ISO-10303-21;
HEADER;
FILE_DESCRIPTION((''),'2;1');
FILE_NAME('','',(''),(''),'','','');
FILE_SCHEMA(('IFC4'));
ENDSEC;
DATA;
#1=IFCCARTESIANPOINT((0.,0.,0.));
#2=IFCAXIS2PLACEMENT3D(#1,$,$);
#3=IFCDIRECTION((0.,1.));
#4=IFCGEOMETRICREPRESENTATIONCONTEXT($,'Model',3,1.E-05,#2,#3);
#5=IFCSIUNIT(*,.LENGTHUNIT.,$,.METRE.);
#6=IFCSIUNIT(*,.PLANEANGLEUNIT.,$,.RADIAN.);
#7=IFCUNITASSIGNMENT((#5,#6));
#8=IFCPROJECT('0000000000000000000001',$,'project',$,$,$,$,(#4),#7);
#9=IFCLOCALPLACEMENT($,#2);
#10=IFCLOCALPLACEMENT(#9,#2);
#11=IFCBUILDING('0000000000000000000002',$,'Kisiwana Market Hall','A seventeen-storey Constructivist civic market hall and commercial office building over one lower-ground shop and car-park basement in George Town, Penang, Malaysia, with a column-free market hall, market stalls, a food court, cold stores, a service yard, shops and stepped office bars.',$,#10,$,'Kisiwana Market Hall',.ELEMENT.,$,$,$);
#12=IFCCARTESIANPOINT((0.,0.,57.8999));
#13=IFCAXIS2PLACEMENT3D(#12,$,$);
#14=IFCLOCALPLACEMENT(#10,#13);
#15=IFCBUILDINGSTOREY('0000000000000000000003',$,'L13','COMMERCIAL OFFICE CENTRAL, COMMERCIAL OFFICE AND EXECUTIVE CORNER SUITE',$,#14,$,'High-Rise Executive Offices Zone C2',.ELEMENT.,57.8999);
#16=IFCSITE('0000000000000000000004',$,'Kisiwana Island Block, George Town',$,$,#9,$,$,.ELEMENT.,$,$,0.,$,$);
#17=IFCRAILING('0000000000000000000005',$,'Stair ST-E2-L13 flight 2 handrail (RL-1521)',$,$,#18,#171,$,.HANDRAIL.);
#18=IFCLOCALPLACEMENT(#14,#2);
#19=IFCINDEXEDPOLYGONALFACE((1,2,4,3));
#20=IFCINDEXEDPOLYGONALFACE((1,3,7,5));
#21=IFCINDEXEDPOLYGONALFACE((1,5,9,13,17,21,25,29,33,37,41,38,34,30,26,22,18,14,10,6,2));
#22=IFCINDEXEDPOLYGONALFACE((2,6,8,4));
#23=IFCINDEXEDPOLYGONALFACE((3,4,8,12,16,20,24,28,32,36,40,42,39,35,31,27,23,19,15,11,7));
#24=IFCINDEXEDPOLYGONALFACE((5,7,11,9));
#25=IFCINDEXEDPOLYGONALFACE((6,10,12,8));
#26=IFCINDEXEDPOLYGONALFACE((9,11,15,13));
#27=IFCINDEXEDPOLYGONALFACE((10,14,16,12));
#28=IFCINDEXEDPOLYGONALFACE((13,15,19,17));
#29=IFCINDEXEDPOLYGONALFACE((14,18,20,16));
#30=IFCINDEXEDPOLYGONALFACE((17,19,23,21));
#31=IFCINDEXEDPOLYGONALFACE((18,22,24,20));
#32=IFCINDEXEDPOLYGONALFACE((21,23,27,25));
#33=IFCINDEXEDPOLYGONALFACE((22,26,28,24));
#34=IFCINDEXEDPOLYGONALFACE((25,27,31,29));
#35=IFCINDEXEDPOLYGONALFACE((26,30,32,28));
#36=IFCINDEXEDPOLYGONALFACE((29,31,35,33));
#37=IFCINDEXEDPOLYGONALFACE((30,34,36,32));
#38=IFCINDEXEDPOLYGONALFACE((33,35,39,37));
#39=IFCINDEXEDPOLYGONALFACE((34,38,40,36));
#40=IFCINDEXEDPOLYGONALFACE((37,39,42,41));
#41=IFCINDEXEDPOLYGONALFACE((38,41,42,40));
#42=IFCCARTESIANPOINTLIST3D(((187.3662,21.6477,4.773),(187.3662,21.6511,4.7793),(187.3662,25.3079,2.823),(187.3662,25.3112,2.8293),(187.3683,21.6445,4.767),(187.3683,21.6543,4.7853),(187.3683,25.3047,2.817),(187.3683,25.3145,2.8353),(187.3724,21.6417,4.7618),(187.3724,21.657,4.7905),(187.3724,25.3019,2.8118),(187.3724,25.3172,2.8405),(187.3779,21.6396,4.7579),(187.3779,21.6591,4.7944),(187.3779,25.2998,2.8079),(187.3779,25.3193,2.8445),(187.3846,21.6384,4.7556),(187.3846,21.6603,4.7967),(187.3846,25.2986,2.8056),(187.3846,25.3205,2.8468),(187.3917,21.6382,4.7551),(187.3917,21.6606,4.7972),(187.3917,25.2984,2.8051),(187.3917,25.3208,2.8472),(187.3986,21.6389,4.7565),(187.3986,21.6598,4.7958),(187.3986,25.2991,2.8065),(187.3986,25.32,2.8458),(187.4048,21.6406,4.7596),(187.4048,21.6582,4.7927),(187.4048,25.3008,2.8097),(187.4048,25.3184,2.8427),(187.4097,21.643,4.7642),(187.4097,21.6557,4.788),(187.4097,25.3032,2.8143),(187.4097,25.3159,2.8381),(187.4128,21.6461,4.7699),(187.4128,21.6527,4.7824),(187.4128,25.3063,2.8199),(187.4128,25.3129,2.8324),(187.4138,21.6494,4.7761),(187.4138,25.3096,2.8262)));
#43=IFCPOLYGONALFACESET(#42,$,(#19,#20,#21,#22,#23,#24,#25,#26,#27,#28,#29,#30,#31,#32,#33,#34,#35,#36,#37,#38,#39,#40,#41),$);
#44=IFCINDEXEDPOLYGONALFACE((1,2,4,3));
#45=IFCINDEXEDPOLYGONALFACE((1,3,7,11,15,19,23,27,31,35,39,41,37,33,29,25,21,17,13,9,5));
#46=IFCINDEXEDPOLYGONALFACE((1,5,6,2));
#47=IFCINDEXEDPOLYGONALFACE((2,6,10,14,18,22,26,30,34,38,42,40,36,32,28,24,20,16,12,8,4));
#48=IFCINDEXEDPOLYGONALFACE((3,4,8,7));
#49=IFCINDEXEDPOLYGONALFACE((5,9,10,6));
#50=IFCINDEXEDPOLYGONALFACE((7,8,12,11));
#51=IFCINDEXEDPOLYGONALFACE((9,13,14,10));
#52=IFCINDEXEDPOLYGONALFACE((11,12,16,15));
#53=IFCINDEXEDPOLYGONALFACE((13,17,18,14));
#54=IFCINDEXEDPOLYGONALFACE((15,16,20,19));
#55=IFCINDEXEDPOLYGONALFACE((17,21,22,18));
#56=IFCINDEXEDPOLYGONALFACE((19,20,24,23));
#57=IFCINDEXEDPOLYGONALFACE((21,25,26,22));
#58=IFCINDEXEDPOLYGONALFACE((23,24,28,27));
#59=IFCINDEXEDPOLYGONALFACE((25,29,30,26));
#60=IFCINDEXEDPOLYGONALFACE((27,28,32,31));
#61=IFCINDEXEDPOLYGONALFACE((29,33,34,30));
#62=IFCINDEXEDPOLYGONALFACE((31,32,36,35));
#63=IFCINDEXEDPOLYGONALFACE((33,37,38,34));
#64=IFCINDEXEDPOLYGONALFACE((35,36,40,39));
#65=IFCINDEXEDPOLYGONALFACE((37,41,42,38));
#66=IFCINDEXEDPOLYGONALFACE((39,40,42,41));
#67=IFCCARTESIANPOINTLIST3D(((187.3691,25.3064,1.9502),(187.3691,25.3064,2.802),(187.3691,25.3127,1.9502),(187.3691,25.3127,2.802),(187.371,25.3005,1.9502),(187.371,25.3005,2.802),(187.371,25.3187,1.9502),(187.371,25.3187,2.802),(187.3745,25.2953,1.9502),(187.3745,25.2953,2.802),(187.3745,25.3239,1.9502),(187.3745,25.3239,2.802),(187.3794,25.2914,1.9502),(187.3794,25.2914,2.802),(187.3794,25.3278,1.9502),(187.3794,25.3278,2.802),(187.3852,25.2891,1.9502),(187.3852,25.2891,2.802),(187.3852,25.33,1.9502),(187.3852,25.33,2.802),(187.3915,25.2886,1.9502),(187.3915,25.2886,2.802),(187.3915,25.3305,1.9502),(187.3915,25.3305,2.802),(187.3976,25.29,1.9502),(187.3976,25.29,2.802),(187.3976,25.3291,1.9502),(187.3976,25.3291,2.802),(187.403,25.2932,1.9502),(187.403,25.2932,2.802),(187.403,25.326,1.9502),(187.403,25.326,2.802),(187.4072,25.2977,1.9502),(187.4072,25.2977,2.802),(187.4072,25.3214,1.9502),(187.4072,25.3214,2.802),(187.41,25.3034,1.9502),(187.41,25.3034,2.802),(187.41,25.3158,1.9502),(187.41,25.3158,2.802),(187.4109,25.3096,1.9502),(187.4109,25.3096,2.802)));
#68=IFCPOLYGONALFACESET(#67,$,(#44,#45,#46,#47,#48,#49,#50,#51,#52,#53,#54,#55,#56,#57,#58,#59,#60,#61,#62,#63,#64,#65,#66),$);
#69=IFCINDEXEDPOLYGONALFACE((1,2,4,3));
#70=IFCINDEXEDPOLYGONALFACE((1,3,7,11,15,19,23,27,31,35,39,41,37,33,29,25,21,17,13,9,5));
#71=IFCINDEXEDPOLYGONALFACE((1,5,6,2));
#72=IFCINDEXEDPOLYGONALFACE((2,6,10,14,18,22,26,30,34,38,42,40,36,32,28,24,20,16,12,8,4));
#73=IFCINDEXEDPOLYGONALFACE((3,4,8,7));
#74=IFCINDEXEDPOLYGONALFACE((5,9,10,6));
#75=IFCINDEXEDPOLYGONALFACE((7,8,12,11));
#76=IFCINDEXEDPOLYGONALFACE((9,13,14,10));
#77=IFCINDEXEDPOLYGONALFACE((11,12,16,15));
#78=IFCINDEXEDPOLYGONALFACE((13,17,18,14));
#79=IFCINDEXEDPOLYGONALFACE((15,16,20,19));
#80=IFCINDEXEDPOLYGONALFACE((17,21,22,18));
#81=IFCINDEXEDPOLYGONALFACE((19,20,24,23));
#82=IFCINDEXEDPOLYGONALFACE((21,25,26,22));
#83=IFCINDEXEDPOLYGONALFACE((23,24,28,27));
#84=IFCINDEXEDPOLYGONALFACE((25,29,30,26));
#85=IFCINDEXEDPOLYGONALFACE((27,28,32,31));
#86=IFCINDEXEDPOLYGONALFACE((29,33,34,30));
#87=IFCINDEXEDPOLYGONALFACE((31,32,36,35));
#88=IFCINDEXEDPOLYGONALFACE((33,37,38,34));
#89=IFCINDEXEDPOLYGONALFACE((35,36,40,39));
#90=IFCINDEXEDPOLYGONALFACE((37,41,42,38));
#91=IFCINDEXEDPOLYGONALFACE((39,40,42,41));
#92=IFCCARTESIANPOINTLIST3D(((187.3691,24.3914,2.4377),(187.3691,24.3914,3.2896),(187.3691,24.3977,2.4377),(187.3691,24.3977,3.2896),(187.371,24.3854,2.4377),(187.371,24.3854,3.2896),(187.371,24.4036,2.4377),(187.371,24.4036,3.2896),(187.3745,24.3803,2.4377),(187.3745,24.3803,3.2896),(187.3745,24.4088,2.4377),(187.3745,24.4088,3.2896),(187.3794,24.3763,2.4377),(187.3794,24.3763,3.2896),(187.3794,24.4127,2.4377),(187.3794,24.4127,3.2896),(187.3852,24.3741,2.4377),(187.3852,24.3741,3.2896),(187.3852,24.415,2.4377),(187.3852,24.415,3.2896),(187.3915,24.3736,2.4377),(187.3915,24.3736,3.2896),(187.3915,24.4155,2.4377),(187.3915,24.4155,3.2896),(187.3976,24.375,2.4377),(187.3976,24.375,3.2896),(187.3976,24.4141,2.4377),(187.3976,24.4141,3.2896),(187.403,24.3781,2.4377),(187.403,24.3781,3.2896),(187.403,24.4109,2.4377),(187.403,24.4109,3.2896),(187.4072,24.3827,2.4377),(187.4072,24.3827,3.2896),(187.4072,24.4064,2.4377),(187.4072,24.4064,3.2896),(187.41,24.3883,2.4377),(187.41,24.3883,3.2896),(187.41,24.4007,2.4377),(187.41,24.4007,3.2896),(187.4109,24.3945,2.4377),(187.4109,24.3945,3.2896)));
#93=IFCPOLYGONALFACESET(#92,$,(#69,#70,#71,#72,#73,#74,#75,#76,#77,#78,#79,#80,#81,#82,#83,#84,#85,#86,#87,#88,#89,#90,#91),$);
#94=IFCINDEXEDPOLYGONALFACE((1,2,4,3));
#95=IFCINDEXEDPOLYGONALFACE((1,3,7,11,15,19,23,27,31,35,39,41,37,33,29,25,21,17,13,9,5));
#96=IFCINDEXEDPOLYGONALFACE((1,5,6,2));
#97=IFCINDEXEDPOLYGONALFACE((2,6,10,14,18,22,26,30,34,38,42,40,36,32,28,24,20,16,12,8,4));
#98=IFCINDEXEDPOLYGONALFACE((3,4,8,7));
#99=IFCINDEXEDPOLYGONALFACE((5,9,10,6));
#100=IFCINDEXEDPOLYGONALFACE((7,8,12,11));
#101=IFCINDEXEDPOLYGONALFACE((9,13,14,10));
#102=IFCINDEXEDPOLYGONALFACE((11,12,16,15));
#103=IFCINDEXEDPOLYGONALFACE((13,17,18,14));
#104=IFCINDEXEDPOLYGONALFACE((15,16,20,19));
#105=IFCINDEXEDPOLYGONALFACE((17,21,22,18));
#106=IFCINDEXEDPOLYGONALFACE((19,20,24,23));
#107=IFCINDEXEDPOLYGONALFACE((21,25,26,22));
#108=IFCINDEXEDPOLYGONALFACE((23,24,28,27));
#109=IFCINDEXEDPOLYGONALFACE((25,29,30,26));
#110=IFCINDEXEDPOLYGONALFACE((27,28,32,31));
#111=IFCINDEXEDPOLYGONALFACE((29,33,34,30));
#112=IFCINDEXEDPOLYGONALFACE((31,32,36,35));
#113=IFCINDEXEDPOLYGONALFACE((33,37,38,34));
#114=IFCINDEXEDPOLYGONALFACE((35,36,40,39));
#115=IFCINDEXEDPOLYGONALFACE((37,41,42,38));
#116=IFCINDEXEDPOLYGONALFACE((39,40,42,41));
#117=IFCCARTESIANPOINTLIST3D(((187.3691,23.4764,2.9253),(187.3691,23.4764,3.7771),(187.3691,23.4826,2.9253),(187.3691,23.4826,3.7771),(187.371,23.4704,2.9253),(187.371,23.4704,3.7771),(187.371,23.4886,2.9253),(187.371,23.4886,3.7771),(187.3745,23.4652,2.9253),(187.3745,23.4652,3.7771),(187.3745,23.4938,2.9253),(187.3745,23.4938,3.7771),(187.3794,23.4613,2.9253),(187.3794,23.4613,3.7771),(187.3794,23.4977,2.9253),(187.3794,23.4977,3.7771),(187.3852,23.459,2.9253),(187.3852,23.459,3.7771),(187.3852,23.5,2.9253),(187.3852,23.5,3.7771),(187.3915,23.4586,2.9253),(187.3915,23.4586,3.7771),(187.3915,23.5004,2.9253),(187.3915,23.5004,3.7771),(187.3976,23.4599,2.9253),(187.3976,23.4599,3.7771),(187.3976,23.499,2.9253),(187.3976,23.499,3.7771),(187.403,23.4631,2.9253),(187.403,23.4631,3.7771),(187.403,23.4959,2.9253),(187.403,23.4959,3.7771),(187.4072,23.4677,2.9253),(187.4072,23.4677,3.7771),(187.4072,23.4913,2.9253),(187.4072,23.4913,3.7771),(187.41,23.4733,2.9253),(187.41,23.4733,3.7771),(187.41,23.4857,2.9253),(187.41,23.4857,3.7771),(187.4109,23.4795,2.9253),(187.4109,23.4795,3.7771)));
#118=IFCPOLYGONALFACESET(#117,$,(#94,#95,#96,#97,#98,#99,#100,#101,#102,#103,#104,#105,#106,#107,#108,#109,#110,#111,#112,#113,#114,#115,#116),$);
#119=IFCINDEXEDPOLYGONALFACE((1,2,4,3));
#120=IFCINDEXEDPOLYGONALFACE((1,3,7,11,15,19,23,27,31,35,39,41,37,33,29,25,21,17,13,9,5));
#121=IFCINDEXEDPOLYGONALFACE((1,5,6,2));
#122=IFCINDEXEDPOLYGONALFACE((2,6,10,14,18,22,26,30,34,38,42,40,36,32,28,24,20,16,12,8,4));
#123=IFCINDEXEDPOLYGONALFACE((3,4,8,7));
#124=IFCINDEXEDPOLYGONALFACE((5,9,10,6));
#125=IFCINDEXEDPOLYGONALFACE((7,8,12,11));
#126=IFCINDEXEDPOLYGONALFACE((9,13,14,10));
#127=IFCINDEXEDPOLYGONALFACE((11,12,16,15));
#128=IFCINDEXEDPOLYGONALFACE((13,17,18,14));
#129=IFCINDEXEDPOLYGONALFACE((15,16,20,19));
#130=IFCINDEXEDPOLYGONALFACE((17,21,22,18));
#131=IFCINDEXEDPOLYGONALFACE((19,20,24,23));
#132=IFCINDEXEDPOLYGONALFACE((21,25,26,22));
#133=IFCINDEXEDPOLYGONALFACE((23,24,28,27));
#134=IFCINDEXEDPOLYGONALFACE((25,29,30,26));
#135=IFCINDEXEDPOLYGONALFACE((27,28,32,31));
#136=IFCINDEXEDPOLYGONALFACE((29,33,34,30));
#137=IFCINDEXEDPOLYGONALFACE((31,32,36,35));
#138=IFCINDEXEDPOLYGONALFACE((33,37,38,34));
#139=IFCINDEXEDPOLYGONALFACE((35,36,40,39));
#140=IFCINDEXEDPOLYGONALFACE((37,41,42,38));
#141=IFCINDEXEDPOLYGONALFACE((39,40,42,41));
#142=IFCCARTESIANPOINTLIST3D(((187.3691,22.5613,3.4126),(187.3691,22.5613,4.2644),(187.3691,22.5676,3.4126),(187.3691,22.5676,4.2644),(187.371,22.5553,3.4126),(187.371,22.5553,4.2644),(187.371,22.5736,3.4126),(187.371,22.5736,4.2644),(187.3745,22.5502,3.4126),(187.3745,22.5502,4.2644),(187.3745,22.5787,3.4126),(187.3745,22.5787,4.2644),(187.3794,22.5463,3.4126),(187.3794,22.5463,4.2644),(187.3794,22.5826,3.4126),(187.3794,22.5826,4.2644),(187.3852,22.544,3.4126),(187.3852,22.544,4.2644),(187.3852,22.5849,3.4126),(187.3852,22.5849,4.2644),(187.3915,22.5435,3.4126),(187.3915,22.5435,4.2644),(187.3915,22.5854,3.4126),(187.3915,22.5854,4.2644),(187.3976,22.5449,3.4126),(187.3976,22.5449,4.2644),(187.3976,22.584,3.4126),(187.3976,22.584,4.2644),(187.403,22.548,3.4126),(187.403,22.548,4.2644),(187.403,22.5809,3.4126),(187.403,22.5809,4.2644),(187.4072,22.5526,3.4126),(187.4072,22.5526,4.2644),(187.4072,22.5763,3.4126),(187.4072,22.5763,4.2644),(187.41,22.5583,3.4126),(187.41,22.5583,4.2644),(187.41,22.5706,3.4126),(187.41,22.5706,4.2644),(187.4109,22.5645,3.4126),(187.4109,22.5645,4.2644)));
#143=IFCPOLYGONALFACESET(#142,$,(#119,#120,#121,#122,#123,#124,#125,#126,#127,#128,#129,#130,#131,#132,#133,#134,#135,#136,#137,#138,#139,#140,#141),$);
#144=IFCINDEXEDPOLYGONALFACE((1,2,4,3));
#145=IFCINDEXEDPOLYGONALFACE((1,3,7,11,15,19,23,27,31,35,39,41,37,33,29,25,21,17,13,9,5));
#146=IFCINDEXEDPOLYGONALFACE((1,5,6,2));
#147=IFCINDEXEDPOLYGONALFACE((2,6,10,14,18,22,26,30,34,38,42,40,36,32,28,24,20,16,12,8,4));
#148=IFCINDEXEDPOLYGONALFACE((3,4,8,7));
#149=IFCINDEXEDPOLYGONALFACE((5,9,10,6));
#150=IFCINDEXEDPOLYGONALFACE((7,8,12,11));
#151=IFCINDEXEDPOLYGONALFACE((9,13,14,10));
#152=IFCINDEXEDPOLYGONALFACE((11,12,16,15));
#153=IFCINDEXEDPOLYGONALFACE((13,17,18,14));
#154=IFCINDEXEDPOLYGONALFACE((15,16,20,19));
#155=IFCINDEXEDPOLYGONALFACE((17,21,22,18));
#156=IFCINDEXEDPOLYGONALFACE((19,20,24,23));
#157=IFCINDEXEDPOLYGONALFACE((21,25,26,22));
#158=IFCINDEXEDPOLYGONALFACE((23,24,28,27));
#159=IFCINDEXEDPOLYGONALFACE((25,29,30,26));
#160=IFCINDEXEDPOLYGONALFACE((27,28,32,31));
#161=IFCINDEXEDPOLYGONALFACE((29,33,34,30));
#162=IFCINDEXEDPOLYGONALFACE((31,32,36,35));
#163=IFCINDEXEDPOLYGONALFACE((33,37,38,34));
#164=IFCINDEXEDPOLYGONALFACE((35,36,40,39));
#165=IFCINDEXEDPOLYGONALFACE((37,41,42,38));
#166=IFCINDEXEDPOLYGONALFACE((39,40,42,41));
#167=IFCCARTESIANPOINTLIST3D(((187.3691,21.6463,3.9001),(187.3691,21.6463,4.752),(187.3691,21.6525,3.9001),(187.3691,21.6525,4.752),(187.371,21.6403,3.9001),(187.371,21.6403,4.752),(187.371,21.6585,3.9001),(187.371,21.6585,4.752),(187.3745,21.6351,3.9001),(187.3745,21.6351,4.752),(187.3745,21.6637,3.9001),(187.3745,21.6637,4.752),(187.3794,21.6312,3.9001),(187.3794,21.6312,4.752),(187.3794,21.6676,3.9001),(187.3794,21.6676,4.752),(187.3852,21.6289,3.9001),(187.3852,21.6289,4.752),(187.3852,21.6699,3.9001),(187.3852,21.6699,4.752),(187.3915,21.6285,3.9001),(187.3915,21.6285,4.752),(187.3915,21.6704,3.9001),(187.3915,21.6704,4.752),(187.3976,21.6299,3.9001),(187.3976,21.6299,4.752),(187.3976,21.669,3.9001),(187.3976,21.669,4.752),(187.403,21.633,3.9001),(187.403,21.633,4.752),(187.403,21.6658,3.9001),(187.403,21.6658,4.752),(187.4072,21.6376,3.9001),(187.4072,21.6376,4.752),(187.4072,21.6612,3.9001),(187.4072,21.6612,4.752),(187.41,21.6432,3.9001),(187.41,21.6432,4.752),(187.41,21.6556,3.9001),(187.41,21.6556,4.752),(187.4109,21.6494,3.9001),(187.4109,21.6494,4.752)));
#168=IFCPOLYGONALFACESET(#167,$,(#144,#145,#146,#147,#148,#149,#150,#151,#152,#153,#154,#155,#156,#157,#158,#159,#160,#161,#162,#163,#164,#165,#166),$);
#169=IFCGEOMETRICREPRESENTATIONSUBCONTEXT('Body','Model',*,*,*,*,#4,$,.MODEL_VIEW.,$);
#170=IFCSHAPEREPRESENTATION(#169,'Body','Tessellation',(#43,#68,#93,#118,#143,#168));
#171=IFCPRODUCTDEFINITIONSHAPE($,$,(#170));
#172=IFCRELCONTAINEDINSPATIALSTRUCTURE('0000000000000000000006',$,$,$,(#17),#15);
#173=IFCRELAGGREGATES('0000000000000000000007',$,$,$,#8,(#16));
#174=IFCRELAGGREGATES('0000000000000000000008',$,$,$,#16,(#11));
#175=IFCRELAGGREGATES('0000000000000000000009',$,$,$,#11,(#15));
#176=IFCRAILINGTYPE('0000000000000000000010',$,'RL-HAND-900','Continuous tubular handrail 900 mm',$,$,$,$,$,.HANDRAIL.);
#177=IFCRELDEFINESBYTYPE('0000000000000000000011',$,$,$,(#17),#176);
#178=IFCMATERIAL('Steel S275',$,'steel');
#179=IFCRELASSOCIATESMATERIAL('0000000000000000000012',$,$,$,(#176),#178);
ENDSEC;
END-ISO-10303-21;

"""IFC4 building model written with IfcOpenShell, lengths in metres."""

from ifc_helpers import new_model, si_unit, direction, frame, origin, origin_2d, place, context, subcontext, project, spatial, circle, extrude, material, type_object, element, save


model = new_model("IFC4")

# Units and contexts
model_context = context("Model", 3, precision=1e-05, world=origin(), true_north=direction((0.0, 1.0)))
body_context = subcontext(model_context, "Body", "Model", "MODEL_VIEW")
ifc_project = project(units=[si_unit("LENGTHUNIT", "METRE"), si_unit("PLANEANGLEUNIT", "RADIAN")], contexts=[model_context])

# Site, building, storey
site_placement = place(None, origin())
site = spatial("IfcSite", under=ifc_project, at=site_placement, Name="Kisiwana Island Block, George Town", CompositionType="ELEMENT", RefElevation=0.0)
building_placement = place(site_placement, origin())
building = spatial("IfcBuilding", under=site, at=building_placement, Name="Kisiwana Market Hall", Description="A seventeen-storey Constructivist civic market hall and commercial office building over one lower-ground shop and car-park basement in George Town, Penang, Malaysia, with a column-free market hall, market stalls, a food court, cold stores, a service yard, shops and stepped office bars.", LongName="Kisiwana Market Hall", CompositionType="ELEMENT")
storey_placement = place(building_placement, frame((0.0, 0.0, 57.8999)))
storey = spatial("IfcBuildingStorey", under=building, at=storey_placement, Name="L13", Description="COMMERCIAL OFFICE CENTRAL, COMMERCIAL OFFICE AND EXECUTIVE CORNER SUITE", LongName="High-Rise Executive Offices Zone C2", CompositionType="ELEMENT", Elevation=57.8999)

# Railing
ifc_material_1 = material(Name="Steel S275", Category="steel")
railing_type_1 = type_object("IfcRailingType", Name="RL-HAND-900", Description="Continuous tubular handrail 900 mm", PredefinedType="HANDRAIL", material=ifc_material_1)
railing_1_placement = place(storey_placement, frame((187.3899, 25.3096, 1.9502)))
element("IfcRailing", 1, at=railing_1_placement, inside=storey, type_object=railing_type_1, Name="Stair ST-E2-L13 flight 2 handrail (RL-1521)", PredefinedType="HANDRAIL", context=body_context, shape_type="SweptSolid", body=[
    extrude(circle(Radius=0.0239, at=origin_2d()), frame((0.0, 0.0, 0.876), z_axis=(0.0, -0.882566, 0.470188), x_axis=(1.0, 0.0, 0.0)), (0.0, 0.0, 1.0), 4.1472),
    extrude(circle(Radius=0.021, at=origin_2d()), origin(), (0.0, 0.0, 1.0), 0.8518),
    extrude(circle(Radius=0.021, at=origin_2d()), frame((0.0, -0.915, 0.4875)), (0.0, 0.0, 1.0), 0.8518),
    extrude(circle(Radius=0.021, at=origin_2d()), frame((0.0, -1.8301, 0.9751)), (0.0, 0.0, 1.0), 0.8518),
    extrude(circle(Radius=0.021, at=origin_2d()), frame((0.0, -2.7451, 1.4624)), (0.0, 0.0, 1.0), 0.8518),
    extrude(circle(Radius=0.021, at=origin_2d()), frame((0.0, -3.6602, 1.95)), (0.0, 0.0, 1.0), 0.8518),
])

save(model, "model.ifc")
